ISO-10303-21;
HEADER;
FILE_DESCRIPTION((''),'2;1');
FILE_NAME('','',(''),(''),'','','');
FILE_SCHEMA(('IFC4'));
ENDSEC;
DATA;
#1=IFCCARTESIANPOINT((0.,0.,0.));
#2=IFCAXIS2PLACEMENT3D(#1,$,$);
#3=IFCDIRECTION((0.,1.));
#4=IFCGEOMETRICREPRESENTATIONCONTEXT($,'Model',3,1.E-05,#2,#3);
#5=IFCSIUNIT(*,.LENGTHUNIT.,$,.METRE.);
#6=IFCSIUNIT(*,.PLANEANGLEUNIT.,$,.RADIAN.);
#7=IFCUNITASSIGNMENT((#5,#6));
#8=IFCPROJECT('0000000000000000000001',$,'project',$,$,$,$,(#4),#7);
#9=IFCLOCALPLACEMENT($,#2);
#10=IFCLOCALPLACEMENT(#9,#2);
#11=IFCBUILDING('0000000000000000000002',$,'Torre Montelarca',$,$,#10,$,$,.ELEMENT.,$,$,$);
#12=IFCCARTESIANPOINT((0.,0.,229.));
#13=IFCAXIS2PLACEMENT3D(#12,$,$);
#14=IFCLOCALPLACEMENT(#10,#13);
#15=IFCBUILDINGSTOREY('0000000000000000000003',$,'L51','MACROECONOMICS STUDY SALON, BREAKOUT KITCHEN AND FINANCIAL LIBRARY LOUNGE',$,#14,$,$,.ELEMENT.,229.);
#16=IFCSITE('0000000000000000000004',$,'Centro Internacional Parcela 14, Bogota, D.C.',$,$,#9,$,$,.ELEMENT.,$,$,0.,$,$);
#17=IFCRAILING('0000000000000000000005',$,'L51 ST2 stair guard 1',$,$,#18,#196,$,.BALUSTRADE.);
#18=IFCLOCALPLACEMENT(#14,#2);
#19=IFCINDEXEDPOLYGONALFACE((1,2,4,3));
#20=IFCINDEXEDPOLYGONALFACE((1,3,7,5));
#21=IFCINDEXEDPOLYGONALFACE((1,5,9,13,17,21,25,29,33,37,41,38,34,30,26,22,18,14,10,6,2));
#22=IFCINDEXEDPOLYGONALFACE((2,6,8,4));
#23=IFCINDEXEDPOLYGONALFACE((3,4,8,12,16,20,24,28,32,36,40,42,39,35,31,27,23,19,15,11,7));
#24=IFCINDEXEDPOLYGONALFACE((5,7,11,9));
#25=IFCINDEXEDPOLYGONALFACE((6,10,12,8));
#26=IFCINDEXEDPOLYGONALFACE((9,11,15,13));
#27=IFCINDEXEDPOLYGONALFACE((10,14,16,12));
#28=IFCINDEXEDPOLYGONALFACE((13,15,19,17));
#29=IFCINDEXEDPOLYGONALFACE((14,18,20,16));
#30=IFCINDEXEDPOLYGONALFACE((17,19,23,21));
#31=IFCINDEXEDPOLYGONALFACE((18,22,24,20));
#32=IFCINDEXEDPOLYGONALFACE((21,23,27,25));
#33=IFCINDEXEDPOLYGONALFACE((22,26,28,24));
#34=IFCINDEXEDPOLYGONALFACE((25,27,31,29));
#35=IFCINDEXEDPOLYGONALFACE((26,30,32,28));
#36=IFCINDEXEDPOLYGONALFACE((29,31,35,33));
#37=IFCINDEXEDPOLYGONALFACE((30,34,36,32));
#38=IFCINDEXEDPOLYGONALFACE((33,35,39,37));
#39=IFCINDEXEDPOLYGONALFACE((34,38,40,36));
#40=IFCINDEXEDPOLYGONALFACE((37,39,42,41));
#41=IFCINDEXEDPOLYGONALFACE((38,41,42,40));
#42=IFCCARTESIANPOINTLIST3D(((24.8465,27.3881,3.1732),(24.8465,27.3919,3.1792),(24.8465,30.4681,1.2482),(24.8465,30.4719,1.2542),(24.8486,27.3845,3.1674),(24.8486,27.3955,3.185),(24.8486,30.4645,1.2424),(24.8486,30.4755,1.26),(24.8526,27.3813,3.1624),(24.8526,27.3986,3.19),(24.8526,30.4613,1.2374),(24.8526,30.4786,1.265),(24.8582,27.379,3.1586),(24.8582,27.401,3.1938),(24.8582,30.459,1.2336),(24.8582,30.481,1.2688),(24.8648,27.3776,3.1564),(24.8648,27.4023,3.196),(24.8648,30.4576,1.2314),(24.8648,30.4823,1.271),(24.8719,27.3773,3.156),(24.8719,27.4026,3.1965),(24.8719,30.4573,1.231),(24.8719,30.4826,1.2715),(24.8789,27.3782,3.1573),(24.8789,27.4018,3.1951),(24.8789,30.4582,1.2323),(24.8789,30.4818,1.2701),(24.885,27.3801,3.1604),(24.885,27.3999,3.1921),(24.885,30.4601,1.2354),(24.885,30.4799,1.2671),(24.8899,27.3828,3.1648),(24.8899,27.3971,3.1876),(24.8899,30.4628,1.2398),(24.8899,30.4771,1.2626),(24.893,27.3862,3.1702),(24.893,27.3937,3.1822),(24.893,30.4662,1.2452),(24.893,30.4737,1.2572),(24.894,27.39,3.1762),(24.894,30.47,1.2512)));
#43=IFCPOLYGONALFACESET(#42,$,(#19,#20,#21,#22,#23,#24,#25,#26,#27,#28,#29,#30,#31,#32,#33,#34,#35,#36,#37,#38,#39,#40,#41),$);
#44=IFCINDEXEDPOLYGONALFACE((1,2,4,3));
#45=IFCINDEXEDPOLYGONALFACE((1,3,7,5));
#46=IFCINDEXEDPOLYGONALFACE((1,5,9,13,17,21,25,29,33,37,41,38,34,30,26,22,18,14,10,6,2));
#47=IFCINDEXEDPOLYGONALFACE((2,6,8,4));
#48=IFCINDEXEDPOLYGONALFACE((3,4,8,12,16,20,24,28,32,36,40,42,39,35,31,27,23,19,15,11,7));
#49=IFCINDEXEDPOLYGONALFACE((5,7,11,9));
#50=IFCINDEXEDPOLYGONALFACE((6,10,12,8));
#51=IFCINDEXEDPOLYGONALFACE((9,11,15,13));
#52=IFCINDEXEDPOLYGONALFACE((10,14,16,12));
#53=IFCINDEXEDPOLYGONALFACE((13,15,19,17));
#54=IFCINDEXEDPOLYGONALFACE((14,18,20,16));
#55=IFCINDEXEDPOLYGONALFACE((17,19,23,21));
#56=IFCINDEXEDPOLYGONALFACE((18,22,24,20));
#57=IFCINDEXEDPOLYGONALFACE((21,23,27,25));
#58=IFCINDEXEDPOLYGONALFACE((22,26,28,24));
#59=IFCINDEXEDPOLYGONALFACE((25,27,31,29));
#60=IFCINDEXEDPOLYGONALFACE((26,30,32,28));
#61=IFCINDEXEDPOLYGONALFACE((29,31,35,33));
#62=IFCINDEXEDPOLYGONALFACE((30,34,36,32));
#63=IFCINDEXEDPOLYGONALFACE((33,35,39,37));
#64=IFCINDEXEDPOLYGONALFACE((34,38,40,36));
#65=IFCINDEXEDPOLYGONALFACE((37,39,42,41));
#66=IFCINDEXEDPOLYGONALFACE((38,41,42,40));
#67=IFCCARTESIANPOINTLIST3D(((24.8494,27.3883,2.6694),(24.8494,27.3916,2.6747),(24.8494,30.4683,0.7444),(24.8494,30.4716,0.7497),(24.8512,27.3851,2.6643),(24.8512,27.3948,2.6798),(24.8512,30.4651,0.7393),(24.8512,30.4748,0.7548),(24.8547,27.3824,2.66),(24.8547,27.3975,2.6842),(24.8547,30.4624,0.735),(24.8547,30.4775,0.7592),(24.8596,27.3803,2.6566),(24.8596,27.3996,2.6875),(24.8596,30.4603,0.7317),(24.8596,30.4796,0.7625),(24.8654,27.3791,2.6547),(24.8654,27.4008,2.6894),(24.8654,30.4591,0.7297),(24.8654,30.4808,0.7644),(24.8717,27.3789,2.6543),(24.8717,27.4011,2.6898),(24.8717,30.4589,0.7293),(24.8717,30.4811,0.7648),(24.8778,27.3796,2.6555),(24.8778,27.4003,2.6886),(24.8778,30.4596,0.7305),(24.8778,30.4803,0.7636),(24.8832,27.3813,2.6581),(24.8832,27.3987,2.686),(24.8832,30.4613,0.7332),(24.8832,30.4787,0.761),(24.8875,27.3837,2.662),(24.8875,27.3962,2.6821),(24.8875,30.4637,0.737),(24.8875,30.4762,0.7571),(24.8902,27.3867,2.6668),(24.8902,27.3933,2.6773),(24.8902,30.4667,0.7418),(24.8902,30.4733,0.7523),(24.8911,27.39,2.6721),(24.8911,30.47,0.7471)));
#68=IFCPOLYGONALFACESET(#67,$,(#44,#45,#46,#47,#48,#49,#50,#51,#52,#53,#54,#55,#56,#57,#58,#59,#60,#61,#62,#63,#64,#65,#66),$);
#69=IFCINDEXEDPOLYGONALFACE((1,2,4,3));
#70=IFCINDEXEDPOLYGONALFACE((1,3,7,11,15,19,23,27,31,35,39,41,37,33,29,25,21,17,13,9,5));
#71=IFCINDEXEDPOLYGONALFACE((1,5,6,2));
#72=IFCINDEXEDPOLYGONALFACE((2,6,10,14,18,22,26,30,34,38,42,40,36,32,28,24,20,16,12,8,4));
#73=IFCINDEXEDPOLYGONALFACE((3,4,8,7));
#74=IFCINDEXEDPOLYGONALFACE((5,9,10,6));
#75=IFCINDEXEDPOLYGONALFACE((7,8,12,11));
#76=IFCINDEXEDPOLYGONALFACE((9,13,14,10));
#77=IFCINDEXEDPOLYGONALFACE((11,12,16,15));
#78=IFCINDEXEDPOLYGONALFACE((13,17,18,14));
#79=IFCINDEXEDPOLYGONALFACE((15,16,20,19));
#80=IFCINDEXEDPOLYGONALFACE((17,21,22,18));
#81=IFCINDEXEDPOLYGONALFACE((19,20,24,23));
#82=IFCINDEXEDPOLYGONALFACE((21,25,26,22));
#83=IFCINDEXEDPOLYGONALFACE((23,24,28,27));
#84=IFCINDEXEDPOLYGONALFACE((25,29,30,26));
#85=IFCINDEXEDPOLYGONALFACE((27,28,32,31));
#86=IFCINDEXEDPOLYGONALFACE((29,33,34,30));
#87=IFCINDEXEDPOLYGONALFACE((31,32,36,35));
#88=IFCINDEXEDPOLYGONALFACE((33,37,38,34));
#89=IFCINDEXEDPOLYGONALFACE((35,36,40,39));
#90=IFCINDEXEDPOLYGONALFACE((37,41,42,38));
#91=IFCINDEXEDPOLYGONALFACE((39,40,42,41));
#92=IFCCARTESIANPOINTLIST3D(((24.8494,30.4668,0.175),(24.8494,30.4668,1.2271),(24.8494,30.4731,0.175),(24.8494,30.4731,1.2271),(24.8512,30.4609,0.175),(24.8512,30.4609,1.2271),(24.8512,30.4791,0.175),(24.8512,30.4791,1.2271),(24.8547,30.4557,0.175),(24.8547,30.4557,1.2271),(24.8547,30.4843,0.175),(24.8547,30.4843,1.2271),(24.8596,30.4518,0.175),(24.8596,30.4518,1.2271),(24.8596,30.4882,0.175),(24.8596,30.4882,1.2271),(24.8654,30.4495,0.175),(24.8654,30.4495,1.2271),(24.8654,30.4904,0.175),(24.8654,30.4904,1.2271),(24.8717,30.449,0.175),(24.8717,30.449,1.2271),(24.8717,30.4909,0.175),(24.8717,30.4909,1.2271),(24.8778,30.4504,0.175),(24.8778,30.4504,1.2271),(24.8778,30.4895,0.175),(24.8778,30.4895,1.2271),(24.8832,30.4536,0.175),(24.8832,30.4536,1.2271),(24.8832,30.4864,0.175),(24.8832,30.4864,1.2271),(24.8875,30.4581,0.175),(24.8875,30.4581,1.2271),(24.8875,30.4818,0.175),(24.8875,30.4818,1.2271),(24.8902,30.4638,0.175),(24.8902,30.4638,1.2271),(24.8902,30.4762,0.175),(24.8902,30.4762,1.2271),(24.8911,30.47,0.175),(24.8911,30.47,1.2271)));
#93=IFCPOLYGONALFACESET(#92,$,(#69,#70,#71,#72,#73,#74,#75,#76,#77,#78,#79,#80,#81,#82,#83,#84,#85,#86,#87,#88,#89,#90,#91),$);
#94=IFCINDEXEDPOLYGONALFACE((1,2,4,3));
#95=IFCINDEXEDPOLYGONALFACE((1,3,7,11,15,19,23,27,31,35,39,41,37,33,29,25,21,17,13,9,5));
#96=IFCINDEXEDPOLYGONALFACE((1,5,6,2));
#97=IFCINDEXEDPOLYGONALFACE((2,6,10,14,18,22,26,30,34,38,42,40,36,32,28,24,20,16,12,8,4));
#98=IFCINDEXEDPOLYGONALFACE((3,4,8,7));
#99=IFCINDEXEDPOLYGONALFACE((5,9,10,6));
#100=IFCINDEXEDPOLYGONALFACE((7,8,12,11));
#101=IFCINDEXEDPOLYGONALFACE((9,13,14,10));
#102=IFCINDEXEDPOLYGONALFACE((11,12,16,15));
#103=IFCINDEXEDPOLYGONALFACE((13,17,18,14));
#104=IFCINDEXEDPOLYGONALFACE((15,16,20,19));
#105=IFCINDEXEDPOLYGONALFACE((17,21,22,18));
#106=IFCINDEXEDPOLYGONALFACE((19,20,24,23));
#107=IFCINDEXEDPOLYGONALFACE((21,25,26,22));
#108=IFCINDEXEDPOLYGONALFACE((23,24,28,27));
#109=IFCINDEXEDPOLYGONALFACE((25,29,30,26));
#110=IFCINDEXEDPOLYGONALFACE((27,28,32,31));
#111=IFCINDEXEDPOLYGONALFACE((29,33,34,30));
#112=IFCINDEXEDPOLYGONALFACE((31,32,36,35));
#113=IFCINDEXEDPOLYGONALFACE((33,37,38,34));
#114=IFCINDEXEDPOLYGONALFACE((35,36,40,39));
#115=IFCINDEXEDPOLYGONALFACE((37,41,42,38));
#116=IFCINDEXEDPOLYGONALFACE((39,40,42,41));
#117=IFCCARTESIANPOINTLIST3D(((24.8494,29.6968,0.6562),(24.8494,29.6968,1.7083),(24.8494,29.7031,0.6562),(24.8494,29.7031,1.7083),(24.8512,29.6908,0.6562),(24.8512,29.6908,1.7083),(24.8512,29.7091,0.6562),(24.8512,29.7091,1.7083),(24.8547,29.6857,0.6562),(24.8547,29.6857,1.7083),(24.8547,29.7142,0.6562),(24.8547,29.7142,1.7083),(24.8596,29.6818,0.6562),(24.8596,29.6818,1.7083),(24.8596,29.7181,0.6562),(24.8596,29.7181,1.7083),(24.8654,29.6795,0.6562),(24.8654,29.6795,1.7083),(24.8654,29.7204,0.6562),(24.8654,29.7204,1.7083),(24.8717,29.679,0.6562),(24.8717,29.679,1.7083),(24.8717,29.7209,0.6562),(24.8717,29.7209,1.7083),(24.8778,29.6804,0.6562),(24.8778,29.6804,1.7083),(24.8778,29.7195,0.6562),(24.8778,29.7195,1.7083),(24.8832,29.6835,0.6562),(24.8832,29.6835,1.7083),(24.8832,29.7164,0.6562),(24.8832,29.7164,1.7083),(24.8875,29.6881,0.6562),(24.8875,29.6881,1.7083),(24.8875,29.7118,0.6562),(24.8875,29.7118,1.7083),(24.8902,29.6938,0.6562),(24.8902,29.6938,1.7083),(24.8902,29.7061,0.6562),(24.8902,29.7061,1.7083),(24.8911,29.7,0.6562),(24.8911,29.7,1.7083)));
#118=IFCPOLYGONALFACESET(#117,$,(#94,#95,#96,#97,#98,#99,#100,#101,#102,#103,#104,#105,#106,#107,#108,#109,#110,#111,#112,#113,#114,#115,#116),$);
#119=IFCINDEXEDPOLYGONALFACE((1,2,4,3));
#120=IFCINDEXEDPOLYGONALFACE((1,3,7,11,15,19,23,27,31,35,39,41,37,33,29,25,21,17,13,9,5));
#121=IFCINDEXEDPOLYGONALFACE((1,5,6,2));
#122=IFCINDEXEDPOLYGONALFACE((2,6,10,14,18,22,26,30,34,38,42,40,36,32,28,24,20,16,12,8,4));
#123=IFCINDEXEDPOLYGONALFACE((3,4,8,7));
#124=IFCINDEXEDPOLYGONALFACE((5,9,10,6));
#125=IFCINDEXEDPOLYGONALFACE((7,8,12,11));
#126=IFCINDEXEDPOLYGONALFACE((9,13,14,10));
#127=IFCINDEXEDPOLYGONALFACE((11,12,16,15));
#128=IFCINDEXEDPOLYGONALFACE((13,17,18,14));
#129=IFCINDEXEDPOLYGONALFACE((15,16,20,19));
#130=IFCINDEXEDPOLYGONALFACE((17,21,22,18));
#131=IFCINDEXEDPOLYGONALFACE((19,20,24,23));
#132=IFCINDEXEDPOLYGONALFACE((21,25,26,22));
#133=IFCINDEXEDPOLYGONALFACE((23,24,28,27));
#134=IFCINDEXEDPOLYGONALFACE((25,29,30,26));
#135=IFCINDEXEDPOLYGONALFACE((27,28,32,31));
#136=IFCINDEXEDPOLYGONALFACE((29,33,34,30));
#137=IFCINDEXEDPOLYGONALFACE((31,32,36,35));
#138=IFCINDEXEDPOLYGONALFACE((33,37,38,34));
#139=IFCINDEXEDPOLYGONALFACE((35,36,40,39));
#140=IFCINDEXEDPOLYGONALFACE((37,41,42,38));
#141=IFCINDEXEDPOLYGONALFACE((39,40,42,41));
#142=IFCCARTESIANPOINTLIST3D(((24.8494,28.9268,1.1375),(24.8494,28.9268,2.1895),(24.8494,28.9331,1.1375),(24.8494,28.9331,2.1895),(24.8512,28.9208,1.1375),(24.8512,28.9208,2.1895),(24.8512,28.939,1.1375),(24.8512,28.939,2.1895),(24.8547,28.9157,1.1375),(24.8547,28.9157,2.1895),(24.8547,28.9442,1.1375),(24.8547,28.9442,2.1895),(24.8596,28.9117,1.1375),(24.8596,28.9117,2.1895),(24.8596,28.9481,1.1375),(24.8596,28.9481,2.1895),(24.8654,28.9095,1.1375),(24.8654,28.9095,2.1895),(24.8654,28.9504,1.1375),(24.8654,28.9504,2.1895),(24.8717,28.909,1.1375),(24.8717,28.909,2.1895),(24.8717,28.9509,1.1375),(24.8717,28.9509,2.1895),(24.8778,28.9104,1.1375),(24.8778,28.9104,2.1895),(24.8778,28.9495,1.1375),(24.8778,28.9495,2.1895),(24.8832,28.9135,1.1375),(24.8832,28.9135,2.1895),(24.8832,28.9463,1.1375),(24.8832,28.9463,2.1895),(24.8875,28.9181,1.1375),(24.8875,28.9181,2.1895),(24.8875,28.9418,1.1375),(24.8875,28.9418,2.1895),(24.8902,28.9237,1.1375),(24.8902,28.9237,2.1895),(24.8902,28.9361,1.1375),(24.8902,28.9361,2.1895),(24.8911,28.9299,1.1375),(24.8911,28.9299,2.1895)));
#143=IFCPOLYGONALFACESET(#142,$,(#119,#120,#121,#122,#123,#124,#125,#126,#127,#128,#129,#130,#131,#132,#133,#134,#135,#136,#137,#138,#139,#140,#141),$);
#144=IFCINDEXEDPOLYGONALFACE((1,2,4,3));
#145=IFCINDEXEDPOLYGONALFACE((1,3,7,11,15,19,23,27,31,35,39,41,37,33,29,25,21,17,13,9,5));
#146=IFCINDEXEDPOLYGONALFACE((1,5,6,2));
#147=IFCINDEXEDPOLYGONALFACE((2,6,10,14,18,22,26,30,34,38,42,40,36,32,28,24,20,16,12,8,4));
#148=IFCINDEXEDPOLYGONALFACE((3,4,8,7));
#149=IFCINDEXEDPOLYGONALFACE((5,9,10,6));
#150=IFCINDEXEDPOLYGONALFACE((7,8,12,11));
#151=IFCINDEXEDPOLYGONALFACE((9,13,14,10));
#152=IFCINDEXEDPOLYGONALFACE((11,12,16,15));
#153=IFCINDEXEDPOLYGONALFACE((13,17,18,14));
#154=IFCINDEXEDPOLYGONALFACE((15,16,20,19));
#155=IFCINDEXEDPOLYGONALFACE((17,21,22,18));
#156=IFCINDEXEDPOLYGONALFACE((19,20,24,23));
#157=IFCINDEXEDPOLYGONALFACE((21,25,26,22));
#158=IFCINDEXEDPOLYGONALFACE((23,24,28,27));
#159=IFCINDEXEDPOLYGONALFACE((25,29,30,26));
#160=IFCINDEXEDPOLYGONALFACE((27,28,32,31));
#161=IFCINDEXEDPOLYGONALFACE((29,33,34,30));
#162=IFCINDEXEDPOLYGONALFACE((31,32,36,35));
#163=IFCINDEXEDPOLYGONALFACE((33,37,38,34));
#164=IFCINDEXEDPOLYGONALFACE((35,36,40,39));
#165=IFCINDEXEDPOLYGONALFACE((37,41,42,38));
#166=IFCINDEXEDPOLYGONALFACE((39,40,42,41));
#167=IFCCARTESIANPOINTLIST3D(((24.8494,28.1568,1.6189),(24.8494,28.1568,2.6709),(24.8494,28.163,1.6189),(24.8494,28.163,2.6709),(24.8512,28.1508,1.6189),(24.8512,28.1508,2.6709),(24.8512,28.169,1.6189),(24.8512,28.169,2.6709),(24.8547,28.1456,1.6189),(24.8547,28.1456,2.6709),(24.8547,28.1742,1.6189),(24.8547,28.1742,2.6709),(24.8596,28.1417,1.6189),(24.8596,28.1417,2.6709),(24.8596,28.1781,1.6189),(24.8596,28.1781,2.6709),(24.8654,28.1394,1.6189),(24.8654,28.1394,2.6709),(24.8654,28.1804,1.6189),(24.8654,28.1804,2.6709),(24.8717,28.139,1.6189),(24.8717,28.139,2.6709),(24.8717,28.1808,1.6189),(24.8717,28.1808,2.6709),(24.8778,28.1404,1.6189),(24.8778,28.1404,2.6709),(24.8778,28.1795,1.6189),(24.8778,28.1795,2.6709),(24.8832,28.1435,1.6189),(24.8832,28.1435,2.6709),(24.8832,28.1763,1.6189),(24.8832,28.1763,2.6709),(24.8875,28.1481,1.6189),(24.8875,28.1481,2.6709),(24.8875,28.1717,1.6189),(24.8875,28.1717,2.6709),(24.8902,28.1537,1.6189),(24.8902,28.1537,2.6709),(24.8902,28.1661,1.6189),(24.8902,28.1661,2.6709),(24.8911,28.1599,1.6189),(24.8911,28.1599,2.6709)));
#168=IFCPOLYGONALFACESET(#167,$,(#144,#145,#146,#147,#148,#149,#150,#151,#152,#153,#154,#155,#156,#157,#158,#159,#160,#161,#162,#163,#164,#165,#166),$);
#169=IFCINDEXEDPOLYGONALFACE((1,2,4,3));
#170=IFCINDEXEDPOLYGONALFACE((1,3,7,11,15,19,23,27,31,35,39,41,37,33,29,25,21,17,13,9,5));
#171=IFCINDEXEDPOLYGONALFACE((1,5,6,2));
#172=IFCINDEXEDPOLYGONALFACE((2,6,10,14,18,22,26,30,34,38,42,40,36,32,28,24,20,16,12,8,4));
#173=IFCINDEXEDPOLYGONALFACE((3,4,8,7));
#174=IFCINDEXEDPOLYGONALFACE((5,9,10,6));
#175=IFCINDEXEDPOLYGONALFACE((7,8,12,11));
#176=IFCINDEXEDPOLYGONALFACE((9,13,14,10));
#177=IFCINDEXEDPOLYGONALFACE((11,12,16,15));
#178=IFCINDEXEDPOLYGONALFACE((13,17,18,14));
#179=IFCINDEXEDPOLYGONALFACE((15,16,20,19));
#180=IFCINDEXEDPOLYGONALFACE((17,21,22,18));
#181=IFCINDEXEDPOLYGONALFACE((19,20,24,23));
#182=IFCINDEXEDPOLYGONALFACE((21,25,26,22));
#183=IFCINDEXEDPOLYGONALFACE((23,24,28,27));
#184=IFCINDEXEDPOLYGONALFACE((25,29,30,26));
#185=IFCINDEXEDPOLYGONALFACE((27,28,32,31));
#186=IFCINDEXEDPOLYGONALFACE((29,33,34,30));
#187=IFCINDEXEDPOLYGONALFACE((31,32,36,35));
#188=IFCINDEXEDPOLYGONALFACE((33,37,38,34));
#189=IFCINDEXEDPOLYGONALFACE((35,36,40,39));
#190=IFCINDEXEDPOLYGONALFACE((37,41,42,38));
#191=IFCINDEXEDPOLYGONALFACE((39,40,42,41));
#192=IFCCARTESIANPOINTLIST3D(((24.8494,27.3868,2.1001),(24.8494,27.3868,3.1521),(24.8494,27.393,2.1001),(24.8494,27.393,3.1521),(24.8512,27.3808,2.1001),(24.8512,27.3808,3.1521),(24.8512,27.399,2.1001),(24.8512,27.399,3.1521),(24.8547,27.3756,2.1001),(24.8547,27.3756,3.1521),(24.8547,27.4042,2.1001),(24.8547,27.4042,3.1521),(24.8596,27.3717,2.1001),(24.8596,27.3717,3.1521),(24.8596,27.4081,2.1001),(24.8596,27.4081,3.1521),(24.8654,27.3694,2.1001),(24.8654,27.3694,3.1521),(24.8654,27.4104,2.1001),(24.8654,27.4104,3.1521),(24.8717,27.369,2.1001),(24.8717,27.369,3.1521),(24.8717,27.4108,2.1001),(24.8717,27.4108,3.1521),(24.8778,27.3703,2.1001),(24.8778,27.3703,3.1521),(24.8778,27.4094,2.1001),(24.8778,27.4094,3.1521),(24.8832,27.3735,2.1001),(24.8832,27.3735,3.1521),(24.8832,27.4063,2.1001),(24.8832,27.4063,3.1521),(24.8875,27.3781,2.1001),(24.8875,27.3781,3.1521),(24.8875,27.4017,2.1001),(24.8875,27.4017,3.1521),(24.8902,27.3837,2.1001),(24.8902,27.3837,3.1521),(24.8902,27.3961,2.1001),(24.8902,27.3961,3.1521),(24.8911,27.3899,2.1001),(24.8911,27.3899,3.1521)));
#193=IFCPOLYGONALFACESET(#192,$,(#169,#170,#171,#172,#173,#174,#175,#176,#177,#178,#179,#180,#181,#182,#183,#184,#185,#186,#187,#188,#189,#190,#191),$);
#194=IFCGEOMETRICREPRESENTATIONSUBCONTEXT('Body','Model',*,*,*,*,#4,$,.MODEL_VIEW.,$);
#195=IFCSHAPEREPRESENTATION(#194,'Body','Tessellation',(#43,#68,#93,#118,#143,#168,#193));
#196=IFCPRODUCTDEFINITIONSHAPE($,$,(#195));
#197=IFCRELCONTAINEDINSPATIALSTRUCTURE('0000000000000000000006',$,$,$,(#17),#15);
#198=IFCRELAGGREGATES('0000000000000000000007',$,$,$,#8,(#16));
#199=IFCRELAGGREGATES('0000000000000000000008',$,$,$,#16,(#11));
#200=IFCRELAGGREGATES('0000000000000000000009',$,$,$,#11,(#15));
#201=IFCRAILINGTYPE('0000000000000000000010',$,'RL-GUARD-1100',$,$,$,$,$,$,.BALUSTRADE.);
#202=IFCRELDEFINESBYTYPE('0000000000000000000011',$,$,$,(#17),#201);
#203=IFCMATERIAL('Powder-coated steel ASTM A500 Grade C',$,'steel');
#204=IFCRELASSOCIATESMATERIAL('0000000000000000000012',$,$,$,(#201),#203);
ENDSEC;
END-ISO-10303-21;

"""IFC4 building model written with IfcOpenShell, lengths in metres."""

from ifc_helpers import new_model, si_unit, direction, frame, origin, origin_2d, place, context, subcontext, project, spatial, circle, extrude, material, type_object, element, save


model = new_model("IFC4")

# Units and contexts
model_context = context("Model", 3, precision=1e-05, world=origin(), true_north=direction((0.0, 1.0)))
body_context = subcontext(model_context, "Body", "Model", "MODEL_VIEW")
ifc_project = project(units=[si_unit("LENGTHUNIT", "METRE"), si_unit("PLANEANGLEUNIT", "RADIAN")], contexts=[model_context])

# Site, building, storey
site_placement = place(None, origin())
site = spatial("IfcSite", under=ifc_project, at=site_placement, Name="Centro Internacional Parcela 14, Bogota, D.C.", CompositionType="ELEMENT", RefElevation=0.0)
building_placement = place(site_placement, origin())
building = spatial("IfcBuilding", under=site, at=building_placement, Name="Torre Montelarca", CompositionType="ELEMENT")
storey_placement = place(building_placement, frame((0.0, 0.0, 229.0)))
storey = spatial("IfcBuildingStorey", under=building, at=storey_placement, Name="L51", Description="MACROECONOMICS STUDY SALON, BREAKOUT KITCHEN AND FINANCIAL LIBRARY LOUNGE", CompositionType="ELEMENT", Elevation=229.0)

# Railing
ifc_material_1 = material(Name="Powder-coated steel ASTM A500 Grade C", Category="steel")
railing_type_1 = type_object("IfcRailingType", Name="RL-GUARD-1100", PredefinedType="BALUSTRADE", material=ifc_material_1)
railing_1_placement = place(storey_placement, frame((24.8701, 30.47, 0.175)))
element("IfcRailing", 1, at=railing_1_placement, inside=storey, type_object=railing_type_1, Name="L51 ST2 stair guard 1", PredefinedType="BALUSTRADE", context=body_context, shape_type="SweptSolid", body=[
    extrude(circle(Radius=0.0239, at=origin_2d()), frame((0.0, 0.0, 1.0762), z_axis=(0.0, -0.847998, 0.529999), x_axis=(1.0, 0.0, 0.0)), (0.0, 0.0, 1.0), 3.6321),
    extrude(circle(Radius=0.021, at=origin_2d()), frame((0.0, 0.0, 0.572), z_axis=(0.0, -0.847998, 0.529999), x_axis=(1.0, 0.0, 0.0)), (0.0, 0.0, 1.0), 3.6321),
    extrude(circle(Radius=0.021, at=origin_2d()), origin(), (0.0, 0.0, 1.0), 1.052),
    extrude(circle(Radius=0.021, at=origin_2d()), frame((0.0, -0.77, 0.4812)), (0.0, 0.0, 1.0), 1.052),
    extrude(circle(Radius=0.021, at=origin_2d()), frame((0.0, -1.54, 0.9624)), (0.0, 0.0, 1.0), 1.052),
    extrude(circle(Radius=0.021, at=origin_2d()), frame((0.0, -2.3101, 1.4438)), (0.0, 0.0, 1.0), 1.052),
    extrude(circle(Radius=0.021, at=origin_2d()), frame((0.0, -3.0801, 1.925)), (0.0, 0.0, 1.0), 1.052),
])

save(model, "model.ifc")
